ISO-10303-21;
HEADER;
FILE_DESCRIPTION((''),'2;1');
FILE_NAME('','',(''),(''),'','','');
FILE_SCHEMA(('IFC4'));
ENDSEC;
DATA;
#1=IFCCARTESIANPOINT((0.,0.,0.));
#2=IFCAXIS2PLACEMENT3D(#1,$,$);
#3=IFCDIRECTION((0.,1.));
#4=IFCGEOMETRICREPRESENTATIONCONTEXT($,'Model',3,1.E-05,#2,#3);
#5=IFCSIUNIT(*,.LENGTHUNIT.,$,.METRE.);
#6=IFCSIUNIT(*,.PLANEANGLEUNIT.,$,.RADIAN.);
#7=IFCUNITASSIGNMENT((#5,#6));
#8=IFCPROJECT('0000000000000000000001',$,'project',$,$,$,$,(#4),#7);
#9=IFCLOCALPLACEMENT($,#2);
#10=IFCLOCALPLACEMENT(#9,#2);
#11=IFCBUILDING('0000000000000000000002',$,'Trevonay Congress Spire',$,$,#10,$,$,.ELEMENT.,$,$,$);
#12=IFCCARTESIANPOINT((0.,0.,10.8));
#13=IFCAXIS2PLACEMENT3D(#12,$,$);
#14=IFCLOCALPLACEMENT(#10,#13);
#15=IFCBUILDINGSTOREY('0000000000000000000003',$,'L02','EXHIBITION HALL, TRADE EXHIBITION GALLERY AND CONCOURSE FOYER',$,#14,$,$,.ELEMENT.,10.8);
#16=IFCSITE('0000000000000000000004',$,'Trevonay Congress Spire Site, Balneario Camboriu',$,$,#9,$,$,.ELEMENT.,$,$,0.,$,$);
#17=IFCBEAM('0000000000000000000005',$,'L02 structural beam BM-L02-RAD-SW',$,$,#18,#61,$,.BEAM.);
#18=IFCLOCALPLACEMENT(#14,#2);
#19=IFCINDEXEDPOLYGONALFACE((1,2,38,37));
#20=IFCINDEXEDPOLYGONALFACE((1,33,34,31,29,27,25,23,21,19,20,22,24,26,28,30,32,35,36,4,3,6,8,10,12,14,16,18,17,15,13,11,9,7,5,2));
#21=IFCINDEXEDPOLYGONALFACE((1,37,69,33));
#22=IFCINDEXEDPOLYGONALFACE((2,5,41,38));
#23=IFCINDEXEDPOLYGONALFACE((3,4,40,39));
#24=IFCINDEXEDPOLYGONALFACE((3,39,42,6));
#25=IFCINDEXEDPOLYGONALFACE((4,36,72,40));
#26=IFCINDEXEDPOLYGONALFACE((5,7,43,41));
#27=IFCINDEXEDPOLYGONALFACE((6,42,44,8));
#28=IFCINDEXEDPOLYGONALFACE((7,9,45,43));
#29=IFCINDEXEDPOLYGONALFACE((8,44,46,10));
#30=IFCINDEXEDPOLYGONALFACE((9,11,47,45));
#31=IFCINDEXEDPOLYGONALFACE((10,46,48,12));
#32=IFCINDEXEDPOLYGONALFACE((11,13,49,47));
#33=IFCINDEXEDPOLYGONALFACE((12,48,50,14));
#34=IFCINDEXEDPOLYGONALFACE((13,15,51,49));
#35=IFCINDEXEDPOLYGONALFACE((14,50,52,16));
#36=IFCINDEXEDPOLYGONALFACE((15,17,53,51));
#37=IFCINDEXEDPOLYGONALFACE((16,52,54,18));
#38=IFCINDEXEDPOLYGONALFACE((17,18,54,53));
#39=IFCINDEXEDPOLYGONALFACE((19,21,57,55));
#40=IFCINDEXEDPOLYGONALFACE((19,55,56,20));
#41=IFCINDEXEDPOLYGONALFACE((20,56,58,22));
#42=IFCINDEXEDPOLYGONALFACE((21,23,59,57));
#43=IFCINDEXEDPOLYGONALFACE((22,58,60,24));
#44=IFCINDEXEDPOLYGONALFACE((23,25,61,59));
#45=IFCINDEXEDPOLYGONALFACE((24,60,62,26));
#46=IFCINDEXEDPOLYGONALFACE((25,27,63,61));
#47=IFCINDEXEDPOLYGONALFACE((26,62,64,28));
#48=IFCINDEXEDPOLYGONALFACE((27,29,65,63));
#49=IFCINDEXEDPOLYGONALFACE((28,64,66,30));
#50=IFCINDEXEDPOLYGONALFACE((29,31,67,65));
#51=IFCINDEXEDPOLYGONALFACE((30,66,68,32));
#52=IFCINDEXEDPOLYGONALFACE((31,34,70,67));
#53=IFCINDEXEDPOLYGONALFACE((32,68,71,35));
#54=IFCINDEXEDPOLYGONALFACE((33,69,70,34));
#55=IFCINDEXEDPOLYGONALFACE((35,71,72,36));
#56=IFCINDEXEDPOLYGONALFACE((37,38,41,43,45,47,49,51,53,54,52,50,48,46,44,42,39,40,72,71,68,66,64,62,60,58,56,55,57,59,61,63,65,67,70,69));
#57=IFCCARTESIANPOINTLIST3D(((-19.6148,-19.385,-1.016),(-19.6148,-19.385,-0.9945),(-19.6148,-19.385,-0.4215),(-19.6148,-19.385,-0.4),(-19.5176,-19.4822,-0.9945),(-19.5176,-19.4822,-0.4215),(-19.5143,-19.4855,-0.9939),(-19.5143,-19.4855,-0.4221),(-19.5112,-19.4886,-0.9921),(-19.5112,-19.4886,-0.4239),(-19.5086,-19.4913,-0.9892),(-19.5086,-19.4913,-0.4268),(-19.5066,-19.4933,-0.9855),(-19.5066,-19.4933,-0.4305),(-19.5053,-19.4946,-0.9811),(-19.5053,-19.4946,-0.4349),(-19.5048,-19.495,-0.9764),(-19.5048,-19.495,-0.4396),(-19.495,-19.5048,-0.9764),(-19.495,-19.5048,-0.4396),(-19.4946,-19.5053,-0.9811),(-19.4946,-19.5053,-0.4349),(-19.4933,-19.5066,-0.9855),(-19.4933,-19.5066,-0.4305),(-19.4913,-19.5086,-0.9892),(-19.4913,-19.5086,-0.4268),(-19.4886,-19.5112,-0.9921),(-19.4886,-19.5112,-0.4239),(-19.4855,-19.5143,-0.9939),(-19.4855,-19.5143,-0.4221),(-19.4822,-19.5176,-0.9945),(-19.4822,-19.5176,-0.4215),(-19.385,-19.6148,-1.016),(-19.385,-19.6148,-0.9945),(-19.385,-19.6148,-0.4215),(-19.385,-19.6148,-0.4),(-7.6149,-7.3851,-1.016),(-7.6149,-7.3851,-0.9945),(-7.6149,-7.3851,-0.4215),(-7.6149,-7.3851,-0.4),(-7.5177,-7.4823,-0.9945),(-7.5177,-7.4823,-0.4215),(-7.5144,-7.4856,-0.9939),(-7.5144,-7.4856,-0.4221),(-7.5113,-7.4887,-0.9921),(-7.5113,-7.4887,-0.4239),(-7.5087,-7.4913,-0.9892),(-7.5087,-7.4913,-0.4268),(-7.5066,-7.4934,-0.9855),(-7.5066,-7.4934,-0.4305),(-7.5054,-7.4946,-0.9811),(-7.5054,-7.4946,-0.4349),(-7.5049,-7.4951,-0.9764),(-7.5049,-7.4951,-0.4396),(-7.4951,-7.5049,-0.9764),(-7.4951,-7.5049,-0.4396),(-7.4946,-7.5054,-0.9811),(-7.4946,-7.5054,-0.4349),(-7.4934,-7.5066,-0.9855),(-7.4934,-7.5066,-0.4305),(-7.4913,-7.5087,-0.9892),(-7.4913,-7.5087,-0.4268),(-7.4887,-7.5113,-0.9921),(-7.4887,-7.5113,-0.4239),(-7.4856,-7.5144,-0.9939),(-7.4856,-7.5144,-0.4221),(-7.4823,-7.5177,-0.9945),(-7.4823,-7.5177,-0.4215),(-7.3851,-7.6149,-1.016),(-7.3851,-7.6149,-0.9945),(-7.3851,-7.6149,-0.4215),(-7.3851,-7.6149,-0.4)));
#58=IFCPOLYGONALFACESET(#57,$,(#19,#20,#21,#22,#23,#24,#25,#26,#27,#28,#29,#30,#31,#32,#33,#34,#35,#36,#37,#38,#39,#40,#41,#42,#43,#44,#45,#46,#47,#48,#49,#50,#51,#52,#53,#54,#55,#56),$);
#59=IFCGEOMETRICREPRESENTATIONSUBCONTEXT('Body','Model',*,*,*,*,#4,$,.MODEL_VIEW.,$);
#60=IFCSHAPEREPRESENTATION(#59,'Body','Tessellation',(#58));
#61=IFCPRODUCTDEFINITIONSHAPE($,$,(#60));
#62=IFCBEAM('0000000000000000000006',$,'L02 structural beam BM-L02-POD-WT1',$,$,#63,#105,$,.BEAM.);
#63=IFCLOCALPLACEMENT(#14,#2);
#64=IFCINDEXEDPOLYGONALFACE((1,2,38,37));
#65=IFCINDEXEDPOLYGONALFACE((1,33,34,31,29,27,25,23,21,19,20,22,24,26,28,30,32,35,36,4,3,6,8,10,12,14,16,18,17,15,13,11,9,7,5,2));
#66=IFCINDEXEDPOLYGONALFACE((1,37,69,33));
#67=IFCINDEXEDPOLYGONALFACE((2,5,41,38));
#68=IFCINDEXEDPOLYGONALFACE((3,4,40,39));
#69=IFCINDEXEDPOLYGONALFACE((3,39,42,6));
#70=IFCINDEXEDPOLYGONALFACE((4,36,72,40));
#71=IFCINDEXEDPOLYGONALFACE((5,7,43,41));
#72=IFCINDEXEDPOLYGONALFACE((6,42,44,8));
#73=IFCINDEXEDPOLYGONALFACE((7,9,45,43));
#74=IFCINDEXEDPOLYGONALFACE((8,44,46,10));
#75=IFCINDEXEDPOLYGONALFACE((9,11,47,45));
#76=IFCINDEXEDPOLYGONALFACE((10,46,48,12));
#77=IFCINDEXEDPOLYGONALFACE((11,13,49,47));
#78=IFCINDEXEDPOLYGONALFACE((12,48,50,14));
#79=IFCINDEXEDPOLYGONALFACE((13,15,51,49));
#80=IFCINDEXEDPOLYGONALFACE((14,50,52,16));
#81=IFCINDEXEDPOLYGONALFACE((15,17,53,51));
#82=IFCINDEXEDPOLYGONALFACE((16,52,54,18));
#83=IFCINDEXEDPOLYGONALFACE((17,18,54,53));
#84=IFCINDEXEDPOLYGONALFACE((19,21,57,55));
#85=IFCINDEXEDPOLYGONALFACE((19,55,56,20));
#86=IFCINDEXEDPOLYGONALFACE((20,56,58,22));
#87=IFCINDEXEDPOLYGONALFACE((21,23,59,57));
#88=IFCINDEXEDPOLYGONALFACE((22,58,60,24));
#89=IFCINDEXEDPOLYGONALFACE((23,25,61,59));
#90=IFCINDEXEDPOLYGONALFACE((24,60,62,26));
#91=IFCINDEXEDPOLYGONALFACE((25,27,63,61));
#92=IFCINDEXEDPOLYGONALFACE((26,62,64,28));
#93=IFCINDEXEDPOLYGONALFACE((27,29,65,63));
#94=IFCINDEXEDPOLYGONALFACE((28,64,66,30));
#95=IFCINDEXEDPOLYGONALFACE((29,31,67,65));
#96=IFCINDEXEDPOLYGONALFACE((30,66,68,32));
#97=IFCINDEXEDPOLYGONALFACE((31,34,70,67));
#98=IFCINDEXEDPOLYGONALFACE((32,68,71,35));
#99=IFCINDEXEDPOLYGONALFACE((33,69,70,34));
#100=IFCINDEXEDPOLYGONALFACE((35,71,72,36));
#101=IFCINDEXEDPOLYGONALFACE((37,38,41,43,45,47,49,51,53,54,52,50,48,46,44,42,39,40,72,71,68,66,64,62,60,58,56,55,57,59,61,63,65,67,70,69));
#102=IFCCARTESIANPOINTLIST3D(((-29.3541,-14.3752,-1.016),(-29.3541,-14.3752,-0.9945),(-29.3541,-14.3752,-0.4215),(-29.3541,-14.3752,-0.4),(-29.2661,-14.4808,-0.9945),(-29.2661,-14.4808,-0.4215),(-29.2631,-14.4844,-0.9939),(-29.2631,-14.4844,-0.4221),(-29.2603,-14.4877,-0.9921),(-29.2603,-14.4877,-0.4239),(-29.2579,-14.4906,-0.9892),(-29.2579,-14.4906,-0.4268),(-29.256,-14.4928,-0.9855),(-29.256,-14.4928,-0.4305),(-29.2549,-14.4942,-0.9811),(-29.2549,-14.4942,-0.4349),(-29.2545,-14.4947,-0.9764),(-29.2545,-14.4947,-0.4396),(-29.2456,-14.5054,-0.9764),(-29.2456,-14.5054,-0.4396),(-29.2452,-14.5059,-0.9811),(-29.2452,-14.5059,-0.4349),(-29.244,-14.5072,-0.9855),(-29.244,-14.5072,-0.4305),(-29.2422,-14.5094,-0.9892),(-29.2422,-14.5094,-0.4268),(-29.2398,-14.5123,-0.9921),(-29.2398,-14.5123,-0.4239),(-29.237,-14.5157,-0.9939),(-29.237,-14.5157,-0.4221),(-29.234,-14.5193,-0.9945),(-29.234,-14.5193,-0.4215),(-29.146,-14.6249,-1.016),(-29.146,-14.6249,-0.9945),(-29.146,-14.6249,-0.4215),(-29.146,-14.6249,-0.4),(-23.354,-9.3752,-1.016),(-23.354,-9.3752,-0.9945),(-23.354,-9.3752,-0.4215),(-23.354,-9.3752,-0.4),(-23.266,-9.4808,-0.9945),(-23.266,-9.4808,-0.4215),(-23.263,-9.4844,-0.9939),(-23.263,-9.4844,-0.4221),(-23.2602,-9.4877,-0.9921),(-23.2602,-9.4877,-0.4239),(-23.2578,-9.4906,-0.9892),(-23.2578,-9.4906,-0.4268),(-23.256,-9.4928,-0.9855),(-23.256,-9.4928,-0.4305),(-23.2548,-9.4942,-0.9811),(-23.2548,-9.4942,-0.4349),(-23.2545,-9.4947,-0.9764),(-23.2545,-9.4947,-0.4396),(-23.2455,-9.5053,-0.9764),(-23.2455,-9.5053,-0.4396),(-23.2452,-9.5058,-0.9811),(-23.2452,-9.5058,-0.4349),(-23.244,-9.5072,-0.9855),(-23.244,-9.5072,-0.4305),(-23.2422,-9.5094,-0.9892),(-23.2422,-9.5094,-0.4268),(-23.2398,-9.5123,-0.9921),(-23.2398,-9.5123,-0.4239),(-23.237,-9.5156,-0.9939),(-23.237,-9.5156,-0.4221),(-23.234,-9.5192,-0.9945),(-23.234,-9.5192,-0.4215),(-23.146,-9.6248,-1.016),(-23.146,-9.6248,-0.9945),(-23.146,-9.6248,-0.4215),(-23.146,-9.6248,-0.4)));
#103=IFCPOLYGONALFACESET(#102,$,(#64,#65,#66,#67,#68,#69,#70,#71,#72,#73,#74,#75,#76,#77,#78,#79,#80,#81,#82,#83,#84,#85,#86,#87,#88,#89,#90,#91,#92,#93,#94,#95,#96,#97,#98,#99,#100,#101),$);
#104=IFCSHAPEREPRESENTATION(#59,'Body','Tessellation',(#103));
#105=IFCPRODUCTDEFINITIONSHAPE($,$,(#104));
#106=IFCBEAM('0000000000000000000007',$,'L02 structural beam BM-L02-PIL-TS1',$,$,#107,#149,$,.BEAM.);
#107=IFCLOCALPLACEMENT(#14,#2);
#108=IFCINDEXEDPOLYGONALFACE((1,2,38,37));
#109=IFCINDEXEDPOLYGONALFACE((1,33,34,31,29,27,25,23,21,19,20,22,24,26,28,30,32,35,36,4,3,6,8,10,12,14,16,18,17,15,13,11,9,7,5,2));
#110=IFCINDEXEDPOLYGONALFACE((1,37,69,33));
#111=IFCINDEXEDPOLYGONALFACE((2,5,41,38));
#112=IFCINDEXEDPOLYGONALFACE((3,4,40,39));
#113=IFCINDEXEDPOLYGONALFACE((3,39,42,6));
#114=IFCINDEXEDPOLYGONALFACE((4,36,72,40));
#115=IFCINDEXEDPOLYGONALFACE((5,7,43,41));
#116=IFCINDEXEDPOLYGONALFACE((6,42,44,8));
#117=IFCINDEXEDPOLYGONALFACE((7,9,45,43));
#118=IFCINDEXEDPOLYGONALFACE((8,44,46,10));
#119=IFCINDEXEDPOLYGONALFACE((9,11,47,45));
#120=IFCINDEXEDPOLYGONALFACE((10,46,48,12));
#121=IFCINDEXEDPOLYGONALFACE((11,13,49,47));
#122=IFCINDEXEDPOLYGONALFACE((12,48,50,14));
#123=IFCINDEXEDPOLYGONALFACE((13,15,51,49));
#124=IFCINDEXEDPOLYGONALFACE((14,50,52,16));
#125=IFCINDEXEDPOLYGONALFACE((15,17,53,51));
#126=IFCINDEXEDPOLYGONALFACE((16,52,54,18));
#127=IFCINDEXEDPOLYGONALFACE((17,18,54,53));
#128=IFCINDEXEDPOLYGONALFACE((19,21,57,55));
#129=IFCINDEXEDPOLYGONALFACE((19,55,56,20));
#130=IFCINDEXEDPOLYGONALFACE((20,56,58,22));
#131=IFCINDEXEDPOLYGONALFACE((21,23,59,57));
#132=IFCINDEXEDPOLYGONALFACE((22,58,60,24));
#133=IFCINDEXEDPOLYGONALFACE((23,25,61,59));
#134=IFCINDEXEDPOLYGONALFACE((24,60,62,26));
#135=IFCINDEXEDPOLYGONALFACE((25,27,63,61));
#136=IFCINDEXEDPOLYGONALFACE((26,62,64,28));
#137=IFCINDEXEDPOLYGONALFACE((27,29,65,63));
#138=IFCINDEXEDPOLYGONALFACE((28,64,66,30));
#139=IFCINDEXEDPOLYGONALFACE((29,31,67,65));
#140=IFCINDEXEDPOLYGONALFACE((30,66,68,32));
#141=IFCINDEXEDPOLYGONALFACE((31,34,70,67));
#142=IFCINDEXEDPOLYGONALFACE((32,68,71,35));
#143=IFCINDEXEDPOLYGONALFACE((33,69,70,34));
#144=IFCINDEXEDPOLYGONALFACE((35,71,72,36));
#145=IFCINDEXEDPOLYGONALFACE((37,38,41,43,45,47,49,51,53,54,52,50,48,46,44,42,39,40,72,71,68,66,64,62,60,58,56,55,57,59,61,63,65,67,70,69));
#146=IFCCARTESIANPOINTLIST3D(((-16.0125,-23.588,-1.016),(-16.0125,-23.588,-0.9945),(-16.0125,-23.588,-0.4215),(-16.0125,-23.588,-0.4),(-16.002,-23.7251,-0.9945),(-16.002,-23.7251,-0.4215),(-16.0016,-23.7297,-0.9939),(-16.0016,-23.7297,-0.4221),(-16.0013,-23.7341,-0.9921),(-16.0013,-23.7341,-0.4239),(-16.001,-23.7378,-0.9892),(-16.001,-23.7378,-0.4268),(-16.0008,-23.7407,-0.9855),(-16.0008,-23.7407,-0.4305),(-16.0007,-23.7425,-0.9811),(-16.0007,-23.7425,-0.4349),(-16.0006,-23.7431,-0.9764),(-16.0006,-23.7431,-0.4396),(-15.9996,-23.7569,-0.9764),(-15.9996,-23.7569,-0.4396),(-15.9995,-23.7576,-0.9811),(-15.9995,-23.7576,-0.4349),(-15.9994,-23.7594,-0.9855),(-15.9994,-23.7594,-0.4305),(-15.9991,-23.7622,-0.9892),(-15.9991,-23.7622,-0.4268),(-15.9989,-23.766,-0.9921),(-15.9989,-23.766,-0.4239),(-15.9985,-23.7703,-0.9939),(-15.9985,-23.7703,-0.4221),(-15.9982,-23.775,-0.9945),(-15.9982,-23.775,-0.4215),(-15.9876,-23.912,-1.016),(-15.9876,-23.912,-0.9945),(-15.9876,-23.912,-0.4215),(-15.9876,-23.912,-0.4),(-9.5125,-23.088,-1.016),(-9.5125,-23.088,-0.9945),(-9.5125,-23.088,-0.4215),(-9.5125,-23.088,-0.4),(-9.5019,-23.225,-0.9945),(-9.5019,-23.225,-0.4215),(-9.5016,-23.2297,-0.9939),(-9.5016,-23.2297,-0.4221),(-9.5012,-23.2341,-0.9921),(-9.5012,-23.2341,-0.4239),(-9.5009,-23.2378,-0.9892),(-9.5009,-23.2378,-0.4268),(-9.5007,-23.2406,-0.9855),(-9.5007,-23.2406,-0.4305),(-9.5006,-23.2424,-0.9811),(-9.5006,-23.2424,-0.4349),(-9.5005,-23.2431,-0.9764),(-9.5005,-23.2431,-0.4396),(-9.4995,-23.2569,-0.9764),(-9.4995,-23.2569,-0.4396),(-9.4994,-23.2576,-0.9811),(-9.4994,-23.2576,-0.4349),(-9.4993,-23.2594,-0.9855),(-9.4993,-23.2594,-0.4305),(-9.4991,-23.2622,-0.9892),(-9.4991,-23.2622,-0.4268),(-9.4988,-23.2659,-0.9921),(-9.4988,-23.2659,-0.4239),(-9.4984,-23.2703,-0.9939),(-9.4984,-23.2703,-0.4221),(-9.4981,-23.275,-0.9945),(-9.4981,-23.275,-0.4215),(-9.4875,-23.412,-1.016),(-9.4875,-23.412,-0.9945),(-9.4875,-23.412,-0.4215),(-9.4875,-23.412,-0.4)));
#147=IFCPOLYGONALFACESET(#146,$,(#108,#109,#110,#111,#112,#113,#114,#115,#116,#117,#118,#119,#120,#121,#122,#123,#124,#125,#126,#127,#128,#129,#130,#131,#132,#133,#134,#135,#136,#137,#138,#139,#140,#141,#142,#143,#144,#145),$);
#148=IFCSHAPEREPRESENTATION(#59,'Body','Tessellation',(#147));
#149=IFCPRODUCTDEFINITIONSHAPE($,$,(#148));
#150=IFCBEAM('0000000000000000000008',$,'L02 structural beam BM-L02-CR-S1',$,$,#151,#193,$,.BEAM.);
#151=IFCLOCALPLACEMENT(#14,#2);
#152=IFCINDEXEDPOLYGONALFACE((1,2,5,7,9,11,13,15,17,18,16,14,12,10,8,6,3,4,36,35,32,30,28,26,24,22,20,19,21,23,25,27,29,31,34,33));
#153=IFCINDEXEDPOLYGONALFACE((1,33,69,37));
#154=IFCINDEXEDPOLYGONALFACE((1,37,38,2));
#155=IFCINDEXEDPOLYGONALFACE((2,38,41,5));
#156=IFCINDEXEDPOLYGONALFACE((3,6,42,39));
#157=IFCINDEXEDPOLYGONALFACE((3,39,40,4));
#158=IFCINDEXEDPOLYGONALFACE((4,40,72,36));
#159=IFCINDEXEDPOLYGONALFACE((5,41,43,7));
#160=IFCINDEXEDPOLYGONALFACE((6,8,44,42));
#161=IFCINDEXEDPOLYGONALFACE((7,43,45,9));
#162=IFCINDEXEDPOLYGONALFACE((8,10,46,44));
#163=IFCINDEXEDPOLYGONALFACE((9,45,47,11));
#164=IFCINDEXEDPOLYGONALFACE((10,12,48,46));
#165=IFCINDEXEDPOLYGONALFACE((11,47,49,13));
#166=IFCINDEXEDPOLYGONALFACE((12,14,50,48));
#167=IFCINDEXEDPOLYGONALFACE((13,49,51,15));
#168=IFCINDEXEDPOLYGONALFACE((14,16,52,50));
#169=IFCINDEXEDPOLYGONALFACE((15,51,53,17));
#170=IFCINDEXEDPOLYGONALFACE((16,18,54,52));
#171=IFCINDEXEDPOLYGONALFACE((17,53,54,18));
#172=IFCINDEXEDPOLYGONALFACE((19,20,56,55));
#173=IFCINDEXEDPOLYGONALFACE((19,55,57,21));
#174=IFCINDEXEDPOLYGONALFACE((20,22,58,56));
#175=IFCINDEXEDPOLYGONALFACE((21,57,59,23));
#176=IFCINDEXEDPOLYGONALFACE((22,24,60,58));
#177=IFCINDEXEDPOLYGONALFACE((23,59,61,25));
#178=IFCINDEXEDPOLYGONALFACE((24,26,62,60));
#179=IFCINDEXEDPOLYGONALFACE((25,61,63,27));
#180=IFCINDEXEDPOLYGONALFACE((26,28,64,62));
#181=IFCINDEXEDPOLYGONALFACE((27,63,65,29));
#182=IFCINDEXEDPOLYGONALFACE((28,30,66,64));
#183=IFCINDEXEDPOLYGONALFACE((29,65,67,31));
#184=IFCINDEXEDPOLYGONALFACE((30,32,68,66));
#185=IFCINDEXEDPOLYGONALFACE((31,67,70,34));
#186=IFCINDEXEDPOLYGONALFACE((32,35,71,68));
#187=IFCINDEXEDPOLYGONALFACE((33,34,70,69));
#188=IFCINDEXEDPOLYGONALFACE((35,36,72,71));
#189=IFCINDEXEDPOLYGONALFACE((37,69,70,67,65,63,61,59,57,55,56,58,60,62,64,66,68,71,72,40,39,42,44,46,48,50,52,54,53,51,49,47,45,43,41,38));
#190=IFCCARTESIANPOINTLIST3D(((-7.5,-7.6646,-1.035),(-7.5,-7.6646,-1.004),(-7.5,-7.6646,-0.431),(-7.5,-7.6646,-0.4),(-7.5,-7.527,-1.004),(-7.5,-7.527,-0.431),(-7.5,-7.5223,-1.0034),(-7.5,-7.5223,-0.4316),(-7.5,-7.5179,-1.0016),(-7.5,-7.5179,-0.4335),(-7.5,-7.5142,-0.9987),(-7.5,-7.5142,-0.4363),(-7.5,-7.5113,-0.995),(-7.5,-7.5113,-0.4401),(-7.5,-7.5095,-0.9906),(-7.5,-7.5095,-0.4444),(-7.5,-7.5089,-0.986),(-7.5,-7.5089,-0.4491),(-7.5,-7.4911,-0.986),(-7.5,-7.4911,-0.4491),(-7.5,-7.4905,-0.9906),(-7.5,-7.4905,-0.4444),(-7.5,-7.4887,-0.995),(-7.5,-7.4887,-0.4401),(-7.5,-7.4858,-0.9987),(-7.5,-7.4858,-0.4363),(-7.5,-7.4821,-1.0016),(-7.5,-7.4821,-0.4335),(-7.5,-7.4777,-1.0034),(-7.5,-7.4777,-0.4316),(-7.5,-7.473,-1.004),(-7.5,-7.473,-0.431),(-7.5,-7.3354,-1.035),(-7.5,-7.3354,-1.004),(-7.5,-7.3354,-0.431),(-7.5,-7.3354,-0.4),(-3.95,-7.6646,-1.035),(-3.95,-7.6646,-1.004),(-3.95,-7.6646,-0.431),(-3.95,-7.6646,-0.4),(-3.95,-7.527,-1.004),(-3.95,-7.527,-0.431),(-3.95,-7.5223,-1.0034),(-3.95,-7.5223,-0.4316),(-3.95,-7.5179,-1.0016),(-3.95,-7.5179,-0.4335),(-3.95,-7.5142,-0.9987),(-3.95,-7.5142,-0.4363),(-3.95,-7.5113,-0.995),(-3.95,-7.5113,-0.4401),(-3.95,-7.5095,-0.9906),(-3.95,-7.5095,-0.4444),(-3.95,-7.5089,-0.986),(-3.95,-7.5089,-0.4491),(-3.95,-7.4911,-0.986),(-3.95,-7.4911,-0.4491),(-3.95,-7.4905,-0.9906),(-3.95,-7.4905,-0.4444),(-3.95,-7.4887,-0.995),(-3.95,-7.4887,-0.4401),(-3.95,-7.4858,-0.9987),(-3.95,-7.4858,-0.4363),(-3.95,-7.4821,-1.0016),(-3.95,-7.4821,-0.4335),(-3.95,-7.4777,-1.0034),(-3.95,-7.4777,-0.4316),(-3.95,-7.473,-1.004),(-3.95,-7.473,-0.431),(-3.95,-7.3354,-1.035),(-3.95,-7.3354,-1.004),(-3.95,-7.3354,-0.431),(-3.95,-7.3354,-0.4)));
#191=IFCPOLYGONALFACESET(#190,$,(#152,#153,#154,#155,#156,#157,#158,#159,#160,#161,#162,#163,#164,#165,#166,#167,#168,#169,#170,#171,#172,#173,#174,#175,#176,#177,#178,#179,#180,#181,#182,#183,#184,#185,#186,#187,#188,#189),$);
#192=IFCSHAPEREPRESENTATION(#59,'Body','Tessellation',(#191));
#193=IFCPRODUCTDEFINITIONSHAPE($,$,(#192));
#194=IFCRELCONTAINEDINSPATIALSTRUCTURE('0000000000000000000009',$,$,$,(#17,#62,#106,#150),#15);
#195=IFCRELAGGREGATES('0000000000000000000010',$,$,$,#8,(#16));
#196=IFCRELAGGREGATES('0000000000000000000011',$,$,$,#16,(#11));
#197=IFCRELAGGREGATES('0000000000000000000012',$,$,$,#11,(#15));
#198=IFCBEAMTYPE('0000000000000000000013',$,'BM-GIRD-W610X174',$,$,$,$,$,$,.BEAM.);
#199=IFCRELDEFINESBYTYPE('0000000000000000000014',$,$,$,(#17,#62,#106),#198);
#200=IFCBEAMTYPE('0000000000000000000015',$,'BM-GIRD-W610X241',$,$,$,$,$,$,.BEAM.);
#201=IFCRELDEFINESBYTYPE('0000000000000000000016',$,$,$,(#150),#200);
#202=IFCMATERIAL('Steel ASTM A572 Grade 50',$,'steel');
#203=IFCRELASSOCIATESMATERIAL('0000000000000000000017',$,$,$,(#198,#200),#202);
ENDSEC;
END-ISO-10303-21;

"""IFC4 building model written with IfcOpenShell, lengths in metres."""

from ifc_helpers import new_model, si_unit, direction, frame, origin, origin_2d, place, context, subcontext, project, spatial, i_section, extrude, material, material_profile, profile_set, type_object, element, save


model = new_model("IFC4")

# Units and contexts
model_context = context("Model", 3, precision=1e-05, world=origin(), true_north=direction((0.0, 1.0)))
body_context = subcontext(model_context, "Body", "Model", "MODEL_VIEW")
ifc_project = project(units=[si_unit("LENGTHUNIT", "METRE"), si_unit("PLANEANGLEUNIT", "RADIAN")], contexts=[model_context])

# Site, building, storey
site_placement = place(None, origin())
site = spatial("IfcSite", under=ifc_project, at=site_placement, Name="Trevonay Congress Spire Site, Balneario Camboriu", CompositionType="ELEMENT", RefElevation=0.0)
building_placement = place(site_placement, origin())
building = spatial("IfcBuilding", under=site, at=building_placement, Name="Trevonay Congress Spire", CompositionType="ELEMENT")
storey_placement = place(building_placement, frame((0.0, 0.0, 10.8)))
storey = spatial("IfcBuildingStorey", under=building, at=storey_placement, Name="L02", Description="EXHIBITION HALL, TRADE EXHIBITION GALLERY AND CONCOURSE FOYER", CompositionType="ELEMENT", Elevation=10.8)

# Shared definitions
ifc_material_1 = material(Name="Steel ASTM A572 Grade 50", Category="steel")

# Beams
ifc_material_profile_1 = material_profile(ifc_material_1, i_section(OverallWidth=0.325, OverallDepth=0.616, WebThickness=0.0139, FlangeThickness=0.0215, FilletRadius=0.0181, at=origin_2d()), Name="W610x174")
ifc_profile_set_1 = profile_set([ifc_material_profile_1], Name="Steel ASTM A572 Grade 50")
beam_type_1 = type_object("IfcBeamType", Name="BM-GIRD-W610X174", PredefinedType="BEAM", material=ifc_profile_set_1)
beam_1_placement = place(storey_placement, frame((-7.5, -7.5, -0.708), z_axis=(-0.707107, -0.707107, 0.0), x_axis=(0.707107, -0.707107, 0.0)))
element("IfcBeam", 1, at=beam_1_placement, inside=storey, type_object=beam_type_1, Name="L02 structural beam BM-L02-RAD-SW", PredefinedType="BEAM", context=body_context, shape_type="SweptSolid", body=[
    extrude(i_section(OverallWidth=0.325, OverallDepth=0.616, WebThickness=0.0139, FlangeThickness=0.0215, FilletRadius=0.0181, at=origin_2d()), origin(), (0.0, 0.0, 1.0), 16.9705),
])
beam_2_placement = place(storey_placement, frame((-23.25, -9.5, -0.708), z_axis=(-0.768221, -0.640184, 0.0), x_axis=(0.640184, -0.768221, 0.0)))
element("IfcBeam", 2, at=beam_2_placement, inside=storey, type_object=beam_type_1, Name="L02 structural beam BM-L02-POD-WT1", PredefinedType="BEAM", context=body_context, shape_type="SweptSolid", body=[
    extrude(i_section(OverallWidth=0.325, OverallDepth=0.616, WebThickness=0.0139, FlangeThickness=0.0215, FilletRadius=0.0181, at=origin_2d()), origin(), (0.0, 0.0, 1.0), 7.8103),
])
beam_3_placement = place(storey_placement, frame((-9.5, -23.25, -0.708), z_axis=(-0.997054, -0.076696, 0.0), x_axis=(0.076696, -0.997054, 0.0)))
element("IfcBeam", 3, at=beam_3_placement, inside=storey, type_object=beam_type_1, Name="L02 structural beam BM-L02-PIL-TS1", PredefinedType="BEAM", context=body_context, shape_type="SweptSolid", body=[
    extrude(i_section(OverallWidth=0.325, OverallDepth=0.616, WebThickness=0.0139, FlangeThickness=0.0215, FilletRadius=0.0181, at=origin_2d()), origin(), (0.0, 0.0, 1.0), 6.5193),
])
ifc_material_profile_2 = material_profile(ifc_material_1, i_section(OverallWidth=0.3291, OverallDepth=0.635, WebThickness=0.0178, FlangeThickness=0.031, FilletRadius=0.0181, at=origin_2d()), Name="W610x241")
ifc_profile_set_2 = profile_set([ifc_material_profile_2], Name="Steel ASTM A572 Grade 50")
beam_type_2 = type_object("IfcBeamType", Name="BM-GIRD-W610X241", PredefinedType="BEAM", material=ifc_profile_set_2)
beam_4_placement = place(storey_placement, frame((-7.5, -7.5, -0.7175), z_axis=(1.0, 0.0, 0.0), x_axis=(0.0, 1.0, 0.0)))
element("IfcBeam", 4, at=beam_4_placement, inside=storey, type_object=beam_type_2, Name="L02 structural beam BM-L02-CR-S1", PredefinedType="BEAM", context=body_context, shape_type="SweptSolid", body=[
    extrude(i_section(OverallWidth=0.3291, OverallDepth=0.635, WebThickness=0.0178, FlangeThickness=0.031, FilletRadius=0.0181, at=origin_2d()), origin(), (0.0, 0.0, 1.0), 3.55),
])

save(model, "model.ifc")
